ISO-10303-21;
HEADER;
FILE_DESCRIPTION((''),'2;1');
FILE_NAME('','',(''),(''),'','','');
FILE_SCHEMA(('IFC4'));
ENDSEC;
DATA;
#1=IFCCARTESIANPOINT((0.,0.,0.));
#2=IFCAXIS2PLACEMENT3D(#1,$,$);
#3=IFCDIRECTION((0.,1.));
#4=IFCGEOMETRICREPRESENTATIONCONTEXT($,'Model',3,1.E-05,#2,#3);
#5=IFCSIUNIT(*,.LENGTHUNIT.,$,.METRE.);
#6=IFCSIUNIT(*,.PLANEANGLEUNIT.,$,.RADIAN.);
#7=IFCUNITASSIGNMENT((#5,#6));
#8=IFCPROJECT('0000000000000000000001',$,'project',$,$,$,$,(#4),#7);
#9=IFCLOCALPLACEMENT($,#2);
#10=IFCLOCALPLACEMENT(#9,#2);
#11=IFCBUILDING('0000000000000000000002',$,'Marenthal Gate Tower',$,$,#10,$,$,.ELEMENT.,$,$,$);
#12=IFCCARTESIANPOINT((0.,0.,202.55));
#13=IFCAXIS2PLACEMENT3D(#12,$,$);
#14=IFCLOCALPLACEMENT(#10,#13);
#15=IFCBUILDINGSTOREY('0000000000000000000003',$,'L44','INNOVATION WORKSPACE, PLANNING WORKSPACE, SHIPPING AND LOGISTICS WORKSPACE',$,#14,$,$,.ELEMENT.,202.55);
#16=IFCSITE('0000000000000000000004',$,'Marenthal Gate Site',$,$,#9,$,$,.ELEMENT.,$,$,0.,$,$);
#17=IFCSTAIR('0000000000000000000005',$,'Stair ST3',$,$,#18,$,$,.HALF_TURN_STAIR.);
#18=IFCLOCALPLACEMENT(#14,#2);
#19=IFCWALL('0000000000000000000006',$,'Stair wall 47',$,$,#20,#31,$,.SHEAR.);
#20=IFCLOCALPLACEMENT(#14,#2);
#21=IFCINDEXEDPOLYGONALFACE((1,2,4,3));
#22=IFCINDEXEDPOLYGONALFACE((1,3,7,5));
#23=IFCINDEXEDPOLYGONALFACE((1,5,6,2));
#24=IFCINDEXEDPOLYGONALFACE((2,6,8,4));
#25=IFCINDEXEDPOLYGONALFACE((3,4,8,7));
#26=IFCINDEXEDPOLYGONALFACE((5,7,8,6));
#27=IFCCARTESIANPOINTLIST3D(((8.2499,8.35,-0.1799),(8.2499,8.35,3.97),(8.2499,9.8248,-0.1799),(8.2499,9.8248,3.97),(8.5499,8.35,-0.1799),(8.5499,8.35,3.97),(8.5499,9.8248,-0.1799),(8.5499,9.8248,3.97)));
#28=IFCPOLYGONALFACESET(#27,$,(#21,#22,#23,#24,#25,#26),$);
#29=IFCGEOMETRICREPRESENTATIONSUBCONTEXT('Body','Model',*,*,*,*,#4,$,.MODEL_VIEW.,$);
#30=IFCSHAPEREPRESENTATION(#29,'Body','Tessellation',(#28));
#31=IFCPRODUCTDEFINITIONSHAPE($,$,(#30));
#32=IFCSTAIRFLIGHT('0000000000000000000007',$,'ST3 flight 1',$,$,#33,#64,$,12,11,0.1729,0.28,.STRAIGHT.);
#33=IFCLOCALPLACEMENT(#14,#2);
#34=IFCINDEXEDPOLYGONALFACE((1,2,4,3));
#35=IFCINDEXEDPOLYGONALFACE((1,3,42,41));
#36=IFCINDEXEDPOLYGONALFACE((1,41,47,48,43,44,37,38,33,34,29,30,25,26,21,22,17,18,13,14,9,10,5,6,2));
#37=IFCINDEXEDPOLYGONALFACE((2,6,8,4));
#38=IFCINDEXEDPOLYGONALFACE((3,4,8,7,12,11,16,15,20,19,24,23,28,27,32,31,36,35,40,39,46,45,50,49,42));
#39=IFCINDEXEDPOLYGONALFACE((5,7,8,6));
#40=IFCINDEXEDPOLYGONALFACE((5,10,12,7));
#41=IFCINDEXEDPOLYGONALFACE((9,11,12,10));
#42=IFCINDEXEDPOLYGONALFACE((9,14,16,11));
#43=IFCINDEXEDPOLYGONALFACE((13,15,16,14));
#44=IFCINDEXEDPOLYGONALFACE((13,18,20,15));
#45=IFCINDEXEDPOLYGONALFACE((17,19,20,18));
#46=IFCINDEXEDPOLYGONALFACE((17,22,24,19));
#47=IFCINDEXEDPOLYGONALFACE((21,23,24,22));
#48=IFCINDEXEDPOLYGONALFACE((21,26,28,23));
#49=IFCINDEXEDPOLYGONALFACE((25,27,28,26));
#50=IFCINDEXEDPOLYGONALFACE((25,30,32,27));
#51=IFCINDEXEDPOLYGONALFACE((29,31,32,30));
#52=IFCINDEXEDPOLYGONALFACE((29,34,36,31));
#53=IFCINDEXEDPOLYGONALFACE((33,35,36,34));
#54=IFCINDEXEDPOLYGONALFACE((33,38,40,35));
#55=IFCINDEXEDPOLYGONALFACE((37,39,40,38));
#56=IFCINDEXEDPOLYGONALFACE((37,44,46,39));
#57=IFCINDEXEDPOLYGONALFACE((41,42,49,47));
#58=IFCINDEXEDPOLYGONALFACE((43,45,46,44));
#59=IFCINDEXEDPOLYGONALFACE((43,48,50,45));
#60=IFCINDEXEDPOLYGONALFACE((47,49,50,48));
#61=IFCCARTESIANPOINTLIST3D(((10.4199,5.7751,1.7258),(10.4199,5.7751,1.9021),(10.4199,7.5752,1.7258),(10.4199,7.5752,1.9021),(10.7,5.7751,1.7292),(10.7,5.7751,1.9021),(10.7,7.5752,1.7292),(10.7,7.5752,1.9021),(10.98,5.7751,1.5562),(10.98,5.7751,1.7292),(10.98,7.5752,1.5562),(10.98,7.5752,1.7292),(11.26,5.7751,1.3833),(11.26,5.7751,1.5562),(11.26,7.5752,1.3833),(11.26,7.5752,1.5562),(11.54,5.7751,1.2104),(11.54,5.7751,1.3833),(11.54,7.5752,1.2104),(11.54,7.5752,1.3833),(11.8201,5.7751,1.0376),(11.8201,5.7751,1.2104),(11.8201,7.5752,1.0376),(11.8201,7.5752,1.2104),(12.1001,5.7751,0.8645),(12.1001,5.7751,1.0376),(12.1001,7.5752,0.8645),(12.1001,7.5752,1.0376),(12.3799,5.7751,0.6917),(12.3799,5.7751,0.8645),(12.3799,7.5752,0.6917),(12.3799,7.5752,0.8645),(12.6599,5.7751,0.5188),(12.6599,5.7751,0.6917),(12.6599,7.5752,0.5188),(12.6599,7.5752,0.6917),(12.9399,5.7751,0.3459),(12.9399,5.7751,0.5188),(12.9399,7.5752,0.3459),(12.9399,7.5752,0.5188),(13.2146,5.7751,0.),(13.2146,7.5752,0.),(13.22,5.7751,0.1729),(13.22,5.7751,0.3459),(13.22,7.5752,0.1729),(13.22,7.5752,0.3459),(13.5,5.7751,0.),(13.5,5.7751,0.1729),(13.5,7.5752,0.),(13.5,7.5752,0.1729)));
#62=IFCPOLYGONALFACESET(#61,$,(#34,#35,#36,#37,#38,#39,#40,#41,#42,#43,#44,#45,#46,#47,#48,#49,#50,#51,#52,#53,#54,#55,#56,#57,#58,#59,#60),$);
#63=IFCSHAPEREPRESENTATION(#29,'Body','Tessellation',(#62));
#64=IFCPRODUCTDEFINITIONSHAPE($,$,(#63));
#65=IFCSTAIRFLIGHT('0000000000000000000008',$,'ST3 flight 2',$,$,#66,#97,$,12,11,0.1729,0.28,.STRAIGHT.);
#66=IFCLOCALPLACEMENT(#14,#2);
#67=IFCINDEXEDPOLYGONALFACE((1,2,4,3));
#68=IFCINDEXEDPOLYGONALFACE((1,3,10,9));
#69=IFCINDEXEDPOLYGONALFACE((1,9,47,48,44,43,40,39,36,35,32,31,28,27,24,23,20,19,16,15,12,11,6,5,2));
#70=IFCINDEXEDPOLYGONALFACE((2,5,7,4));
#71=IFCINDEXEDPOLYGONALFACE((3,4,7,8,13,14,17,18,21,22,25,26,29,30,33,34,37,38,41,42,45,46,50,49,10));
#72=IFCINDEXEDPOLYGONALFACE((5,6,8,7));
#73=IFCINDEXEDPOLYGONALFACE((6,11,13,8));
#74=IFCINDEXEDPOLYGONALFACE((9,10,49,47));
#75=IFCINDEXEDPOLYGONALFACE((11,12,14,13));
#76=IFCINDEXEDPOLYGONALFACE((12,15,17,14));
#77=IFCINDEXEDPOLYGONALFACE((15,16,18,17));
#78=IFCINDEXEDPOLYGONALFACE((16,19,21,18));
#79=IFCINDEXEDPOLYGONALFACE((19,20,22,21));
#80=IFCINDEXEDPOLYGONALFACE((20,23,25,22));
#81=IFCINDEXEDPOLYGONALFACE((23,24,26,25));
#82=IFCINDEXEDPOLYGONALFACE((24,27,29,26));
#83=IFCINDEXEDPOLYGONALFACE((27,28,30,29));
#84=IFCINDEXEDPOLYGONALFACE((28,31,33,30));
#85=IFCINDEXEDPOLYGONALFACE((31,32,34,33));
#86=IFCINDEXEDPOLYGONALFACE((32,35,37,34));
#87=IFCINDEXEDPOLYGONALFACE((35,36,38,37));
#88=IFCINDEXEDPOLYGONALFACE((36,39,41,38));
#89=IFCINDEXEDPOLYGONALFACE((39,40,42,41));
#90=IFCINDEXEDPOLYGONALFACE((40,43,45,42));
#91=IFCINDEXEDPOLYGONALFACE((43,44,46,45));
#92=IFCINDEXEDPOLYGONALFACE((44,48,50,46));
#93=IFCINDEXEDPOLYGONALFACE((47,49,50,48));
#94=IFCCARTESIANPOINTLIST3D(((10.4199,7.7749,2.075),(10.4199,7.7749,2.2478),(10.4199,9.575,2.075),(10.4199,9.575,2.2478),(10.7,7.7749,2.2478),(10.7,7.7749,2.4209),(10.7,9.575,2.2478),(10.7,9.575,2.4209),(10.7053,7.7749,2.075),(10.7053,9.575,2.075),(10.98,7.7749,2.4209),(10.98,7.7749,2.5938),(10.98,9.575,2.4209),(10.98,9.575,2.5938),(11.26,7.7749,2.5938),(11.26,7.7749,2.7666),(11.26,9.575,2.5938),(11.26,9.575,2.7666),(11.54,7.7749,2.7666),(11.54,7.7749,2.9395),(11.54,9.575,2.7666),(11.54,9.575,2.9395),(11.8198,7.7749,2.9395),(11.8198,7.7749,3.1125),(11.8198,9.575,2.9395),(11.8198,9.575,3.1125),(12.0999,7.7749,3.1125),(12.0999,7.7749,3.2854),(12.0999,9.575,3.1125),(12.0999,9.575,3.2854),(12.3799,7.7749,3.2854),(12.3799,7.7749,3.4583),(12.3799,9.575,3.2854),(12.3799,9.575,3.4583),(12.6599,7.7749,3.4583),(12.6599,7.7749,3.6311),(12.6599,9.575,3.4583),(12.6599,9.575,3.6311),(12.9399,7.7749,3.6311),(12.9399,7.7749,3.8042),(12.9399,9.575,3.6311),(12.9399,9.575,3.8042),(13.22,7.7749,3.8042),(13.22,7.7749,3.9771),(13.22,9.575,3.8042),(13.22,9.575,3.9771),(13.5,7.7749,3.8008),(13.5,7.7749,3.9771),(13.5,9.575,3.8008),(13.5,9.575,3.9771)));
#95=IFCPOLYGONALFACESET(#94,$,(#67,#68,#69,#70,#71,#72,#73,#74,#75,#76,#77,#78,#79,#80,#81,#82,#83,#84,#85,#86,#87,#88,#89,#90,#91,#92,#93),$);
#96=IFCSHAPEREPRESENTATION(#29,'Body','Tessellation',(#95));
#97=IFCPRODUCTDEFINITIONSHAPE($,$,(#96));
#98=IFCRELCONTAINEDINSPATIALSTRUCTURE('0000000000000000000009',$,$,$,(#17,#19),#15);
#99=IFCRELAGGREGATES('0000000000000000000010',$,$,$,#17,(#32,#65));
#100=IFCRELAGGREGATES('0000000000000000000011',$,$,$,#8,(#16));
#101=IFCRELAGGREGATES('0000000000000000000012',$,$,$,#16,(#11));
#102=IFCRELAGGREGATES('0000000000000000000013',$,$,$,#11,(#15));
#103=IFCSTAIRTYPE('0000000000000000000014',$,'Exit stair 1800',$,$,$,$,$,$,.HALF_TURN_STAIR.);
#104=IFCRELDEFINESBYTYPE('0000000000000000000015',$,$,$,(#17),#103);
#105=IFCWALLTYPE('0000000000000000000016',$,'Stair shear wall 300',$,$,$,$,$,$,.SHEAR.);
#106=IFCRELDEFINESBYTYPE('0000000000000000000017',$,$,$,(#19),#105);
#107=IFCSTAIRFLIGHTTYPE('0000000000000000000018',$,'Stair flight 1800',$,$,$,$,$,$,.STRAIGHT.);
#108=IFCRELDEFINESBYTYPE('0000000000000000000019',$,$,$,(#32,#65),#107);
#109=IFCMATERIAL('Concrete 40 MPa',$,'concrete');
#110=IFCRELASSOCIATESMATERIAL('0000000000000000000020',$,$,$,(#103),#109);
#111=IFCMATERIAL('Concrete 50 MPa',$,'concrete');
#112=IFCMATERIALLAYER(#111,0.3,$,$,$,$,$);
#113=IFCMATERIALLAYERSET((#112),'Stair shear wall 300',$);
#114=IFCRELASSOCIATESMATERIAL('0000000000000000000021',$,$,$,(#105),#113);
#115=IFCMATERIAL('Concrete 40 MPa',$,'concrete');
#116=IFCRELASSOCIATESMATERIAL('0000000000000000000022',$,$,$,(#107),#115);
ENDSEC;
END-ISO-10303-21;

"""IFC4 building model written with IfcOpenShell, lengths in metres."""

from ifc_helpers import new_model, si_unit, direction, frame, frame_2d, origin, place, context, subcontext, project, spatial, polyline, rectangle, outline, extrude, material, layer, layer_set, type_object, element, aggregate, save


model = new_model("IFC4")

# Units and contexts
model_context = context("Model", 3, precision=1e-05, world=origin(), true_north=direction((0.0, 1.0)))
body_context = subcontext(model_context, "Body", "Model", "MODEL_VIEW")
ifc_project = project(units=[si_unit("LENGTHUNIT", "METRE"), si_unit("PLANEANGLEUNIT", "RADIAN")], contexts=[model_context])

# Site, building, storey
site_placement = place(None, origin())
site = spatial("IfcSite", under=ifc_project, at=site_placement, Name="Marenthal Gate Site", CompositionType="ELEMENT", RefElevation=0.0)
building_placement = place(site_placement, origin())
building = spatial("IfcBuilding", under=site, at=building_placement, Name="Marenthal Gate Tower", CompositionType="ELEMENT")
storey_placement = place(building_placement, frame((0.0, 0.0, 202.55)))
storey = spatial("IfcBuildingStorey", under=building, at=storey_placement, Name="L44", Description="INNOVATION WORKSPACE, PLANNING WORKSPACE, SHIPPING AND LOGISTICS WORKSPACE", CompositionType="ELEMENT", Elevation=202.55)

# Stair
ifc_material_1 = material(Name="Concrete 40 MPa", Category="concrete")
stair_type = type_object("IfcStairType", Name="Exit stair 1800", PredefinedType="HALF_TURN_STAIR", material=ifc_material_1)
stair_1_placement = place(storey_placement, origin())
stair_1 = element("IfcStair", 1, at=stair_1_placement, inside=storey, type_object=stair_type, Name="Stair ST3", PredefinedType="HALF_TURN_STAIR")

# Wall
ifc_material_2 = material(Name="Concrete 50 MPa", Category="concrete")
ifc_layer_1 = layer(ifc_material_2, 0.3)
ifc_layer_set_1 = layer_set([ifc_layer_1], Name="Stair shear wall 300")
wall_type_1 = type_object("IfcWallType", Name="Stair shear wall 300", PredefinedType="SHEAR", material=ifc_layer_set_1)
wall_1_placement = place(storey_placement, frame((8.3999, 8.3501, -0.1799), z_axis=(0.0, 0.0, 1.0), x_axis=(0.0, 1.0, 0.0)))
element("IfcWall", 2, at=wall_1_placement, inside=storey, type_object=wall_type_1, Name="Stair wall 47", PredefinedType="SHEAR", context=body_context, shape_type="SweptSolid", body=[
    extrude(rectangle(XDim=1.4749, YDim=0.3, at=frame_2d((0.7373, 0.0))), origin(), (0.0, 0.0, 1.0), 4.1499),
])

# Stair flights
ifc_material_3 = material(Name="Concrete 40 MPa", Category="concrete")
stair_flight_type = type_object("IfcStairFlightType", Name="Stair flight 1800", PredefinedType="STRAIGHT", material=ifc_material_3)
stair_flight_1_placement = place(storey_placement, frame((13.5, 6.675, 0.0), z_axis=(0.0, 0.0, 1.0), x_axis=(-1.0, 0.0, 0.0)))
stair_flight_1 = element("IfcStairFlight", 3, at=stair_flight_1_placement, type_object=stair_flight_type, Name="ST3 flight 1", NumberOfRisers=12, NumberOfTreads=11, PredefinedType="STRAIGHT", RiserHeight=0.1729, TreadLength=0.28, context=body_context, shape_type="SweptSolid", body=[
    extrude(outline(polyline([(0.0, 0.0), (0.0, 0.1729), (0.28, 0.1729), (0.28, 0.3459), (0.5601, 0.3459), (0.5601, 0.5188), (0.8401, 0.5188), (0.8401, 0.6917), (1.1201, 0.6917), (1.1201, 0.8645), (1.3999, 0.8645), (1.3999, 1.0376), (1.6799, 1.0376), (1.6799, 1.2104), (1.96, 1.2104), (1.96, 1.3833), (2.24, 1.3833), (2.24, 1.5562), (2.52, 1.5562), (2.52, 1.7292), (2.8, 1.7292), (2.8, 1.9021), (3.0801, 1.9021), (3.0801, 2.075), (3.0801, 1.7258), (0.2854, 0.0), (0.0, 0.0)])), frame((0.0, 0.8999, 0.0), z_axis=(0.0, -1.0, 0.0), x_axis=(1.0, 0.0, 0.0)), (0.0, 0.0, 1.0), 1.8),
])
stair_flight_2_placement = place(storey_placement, frame((10.4199, 8.675, 2.075), z_axis=(0.0, 0.0, 1.0), x_axis=(1.0, 0.0, 0.0)))
stair_flight_2 = element("IfcStairFlight", 4, at=stair_flight_2_placement, type_object=stair_flight_type, Name="ST3 flight 2", NumberOfRisers=12, NumberOfTreads=11, PredefinedType="STRAIGHT", RiserHeight=0.1729, TreadLength=0.28, context=body_context, shape_type="SweptSolid", body=[
    extrude(outline(polyline([(0.0, 0.0), (0.0, 0.1729), (0.28, 0.1729), (0.28, 0.3459), (0.5601, 0.3459), (0.5601, 0.5188), (0.8401, 0.5188), (0.8401, 0.6917), (1.1201, 0.6917), (1.1201, 0.8645), (1.3999, 0.8645), (1.3999, 1.0376), (1.6799, 1.0376), (1.6799, 1.2104), (1.96, 1.2104), (1.96, 1.3833), (2.24, 1.3833), (2.24, 1.5562), (2.52, 1.5562), (2.52, 1.7292), (2.8, 1.7292), (2.8, 1.9021), (3.0801, 1.9021), (3.0801, 2.075), (3.0801, 1.7258), (0.2854, 0.0), (0.0, 0.0)])), frame((0.0, 0.8999, 0.0), z_axis=(0.0, -1.0, 0.0), x_axis=(1.0, 0.0, 0.0)), (0.0, 0.0, 1.0), 1.8),
])
aggregate(stair_1, [stair_flight_1, stair_flight_2])

save(model, "model.ifc")
